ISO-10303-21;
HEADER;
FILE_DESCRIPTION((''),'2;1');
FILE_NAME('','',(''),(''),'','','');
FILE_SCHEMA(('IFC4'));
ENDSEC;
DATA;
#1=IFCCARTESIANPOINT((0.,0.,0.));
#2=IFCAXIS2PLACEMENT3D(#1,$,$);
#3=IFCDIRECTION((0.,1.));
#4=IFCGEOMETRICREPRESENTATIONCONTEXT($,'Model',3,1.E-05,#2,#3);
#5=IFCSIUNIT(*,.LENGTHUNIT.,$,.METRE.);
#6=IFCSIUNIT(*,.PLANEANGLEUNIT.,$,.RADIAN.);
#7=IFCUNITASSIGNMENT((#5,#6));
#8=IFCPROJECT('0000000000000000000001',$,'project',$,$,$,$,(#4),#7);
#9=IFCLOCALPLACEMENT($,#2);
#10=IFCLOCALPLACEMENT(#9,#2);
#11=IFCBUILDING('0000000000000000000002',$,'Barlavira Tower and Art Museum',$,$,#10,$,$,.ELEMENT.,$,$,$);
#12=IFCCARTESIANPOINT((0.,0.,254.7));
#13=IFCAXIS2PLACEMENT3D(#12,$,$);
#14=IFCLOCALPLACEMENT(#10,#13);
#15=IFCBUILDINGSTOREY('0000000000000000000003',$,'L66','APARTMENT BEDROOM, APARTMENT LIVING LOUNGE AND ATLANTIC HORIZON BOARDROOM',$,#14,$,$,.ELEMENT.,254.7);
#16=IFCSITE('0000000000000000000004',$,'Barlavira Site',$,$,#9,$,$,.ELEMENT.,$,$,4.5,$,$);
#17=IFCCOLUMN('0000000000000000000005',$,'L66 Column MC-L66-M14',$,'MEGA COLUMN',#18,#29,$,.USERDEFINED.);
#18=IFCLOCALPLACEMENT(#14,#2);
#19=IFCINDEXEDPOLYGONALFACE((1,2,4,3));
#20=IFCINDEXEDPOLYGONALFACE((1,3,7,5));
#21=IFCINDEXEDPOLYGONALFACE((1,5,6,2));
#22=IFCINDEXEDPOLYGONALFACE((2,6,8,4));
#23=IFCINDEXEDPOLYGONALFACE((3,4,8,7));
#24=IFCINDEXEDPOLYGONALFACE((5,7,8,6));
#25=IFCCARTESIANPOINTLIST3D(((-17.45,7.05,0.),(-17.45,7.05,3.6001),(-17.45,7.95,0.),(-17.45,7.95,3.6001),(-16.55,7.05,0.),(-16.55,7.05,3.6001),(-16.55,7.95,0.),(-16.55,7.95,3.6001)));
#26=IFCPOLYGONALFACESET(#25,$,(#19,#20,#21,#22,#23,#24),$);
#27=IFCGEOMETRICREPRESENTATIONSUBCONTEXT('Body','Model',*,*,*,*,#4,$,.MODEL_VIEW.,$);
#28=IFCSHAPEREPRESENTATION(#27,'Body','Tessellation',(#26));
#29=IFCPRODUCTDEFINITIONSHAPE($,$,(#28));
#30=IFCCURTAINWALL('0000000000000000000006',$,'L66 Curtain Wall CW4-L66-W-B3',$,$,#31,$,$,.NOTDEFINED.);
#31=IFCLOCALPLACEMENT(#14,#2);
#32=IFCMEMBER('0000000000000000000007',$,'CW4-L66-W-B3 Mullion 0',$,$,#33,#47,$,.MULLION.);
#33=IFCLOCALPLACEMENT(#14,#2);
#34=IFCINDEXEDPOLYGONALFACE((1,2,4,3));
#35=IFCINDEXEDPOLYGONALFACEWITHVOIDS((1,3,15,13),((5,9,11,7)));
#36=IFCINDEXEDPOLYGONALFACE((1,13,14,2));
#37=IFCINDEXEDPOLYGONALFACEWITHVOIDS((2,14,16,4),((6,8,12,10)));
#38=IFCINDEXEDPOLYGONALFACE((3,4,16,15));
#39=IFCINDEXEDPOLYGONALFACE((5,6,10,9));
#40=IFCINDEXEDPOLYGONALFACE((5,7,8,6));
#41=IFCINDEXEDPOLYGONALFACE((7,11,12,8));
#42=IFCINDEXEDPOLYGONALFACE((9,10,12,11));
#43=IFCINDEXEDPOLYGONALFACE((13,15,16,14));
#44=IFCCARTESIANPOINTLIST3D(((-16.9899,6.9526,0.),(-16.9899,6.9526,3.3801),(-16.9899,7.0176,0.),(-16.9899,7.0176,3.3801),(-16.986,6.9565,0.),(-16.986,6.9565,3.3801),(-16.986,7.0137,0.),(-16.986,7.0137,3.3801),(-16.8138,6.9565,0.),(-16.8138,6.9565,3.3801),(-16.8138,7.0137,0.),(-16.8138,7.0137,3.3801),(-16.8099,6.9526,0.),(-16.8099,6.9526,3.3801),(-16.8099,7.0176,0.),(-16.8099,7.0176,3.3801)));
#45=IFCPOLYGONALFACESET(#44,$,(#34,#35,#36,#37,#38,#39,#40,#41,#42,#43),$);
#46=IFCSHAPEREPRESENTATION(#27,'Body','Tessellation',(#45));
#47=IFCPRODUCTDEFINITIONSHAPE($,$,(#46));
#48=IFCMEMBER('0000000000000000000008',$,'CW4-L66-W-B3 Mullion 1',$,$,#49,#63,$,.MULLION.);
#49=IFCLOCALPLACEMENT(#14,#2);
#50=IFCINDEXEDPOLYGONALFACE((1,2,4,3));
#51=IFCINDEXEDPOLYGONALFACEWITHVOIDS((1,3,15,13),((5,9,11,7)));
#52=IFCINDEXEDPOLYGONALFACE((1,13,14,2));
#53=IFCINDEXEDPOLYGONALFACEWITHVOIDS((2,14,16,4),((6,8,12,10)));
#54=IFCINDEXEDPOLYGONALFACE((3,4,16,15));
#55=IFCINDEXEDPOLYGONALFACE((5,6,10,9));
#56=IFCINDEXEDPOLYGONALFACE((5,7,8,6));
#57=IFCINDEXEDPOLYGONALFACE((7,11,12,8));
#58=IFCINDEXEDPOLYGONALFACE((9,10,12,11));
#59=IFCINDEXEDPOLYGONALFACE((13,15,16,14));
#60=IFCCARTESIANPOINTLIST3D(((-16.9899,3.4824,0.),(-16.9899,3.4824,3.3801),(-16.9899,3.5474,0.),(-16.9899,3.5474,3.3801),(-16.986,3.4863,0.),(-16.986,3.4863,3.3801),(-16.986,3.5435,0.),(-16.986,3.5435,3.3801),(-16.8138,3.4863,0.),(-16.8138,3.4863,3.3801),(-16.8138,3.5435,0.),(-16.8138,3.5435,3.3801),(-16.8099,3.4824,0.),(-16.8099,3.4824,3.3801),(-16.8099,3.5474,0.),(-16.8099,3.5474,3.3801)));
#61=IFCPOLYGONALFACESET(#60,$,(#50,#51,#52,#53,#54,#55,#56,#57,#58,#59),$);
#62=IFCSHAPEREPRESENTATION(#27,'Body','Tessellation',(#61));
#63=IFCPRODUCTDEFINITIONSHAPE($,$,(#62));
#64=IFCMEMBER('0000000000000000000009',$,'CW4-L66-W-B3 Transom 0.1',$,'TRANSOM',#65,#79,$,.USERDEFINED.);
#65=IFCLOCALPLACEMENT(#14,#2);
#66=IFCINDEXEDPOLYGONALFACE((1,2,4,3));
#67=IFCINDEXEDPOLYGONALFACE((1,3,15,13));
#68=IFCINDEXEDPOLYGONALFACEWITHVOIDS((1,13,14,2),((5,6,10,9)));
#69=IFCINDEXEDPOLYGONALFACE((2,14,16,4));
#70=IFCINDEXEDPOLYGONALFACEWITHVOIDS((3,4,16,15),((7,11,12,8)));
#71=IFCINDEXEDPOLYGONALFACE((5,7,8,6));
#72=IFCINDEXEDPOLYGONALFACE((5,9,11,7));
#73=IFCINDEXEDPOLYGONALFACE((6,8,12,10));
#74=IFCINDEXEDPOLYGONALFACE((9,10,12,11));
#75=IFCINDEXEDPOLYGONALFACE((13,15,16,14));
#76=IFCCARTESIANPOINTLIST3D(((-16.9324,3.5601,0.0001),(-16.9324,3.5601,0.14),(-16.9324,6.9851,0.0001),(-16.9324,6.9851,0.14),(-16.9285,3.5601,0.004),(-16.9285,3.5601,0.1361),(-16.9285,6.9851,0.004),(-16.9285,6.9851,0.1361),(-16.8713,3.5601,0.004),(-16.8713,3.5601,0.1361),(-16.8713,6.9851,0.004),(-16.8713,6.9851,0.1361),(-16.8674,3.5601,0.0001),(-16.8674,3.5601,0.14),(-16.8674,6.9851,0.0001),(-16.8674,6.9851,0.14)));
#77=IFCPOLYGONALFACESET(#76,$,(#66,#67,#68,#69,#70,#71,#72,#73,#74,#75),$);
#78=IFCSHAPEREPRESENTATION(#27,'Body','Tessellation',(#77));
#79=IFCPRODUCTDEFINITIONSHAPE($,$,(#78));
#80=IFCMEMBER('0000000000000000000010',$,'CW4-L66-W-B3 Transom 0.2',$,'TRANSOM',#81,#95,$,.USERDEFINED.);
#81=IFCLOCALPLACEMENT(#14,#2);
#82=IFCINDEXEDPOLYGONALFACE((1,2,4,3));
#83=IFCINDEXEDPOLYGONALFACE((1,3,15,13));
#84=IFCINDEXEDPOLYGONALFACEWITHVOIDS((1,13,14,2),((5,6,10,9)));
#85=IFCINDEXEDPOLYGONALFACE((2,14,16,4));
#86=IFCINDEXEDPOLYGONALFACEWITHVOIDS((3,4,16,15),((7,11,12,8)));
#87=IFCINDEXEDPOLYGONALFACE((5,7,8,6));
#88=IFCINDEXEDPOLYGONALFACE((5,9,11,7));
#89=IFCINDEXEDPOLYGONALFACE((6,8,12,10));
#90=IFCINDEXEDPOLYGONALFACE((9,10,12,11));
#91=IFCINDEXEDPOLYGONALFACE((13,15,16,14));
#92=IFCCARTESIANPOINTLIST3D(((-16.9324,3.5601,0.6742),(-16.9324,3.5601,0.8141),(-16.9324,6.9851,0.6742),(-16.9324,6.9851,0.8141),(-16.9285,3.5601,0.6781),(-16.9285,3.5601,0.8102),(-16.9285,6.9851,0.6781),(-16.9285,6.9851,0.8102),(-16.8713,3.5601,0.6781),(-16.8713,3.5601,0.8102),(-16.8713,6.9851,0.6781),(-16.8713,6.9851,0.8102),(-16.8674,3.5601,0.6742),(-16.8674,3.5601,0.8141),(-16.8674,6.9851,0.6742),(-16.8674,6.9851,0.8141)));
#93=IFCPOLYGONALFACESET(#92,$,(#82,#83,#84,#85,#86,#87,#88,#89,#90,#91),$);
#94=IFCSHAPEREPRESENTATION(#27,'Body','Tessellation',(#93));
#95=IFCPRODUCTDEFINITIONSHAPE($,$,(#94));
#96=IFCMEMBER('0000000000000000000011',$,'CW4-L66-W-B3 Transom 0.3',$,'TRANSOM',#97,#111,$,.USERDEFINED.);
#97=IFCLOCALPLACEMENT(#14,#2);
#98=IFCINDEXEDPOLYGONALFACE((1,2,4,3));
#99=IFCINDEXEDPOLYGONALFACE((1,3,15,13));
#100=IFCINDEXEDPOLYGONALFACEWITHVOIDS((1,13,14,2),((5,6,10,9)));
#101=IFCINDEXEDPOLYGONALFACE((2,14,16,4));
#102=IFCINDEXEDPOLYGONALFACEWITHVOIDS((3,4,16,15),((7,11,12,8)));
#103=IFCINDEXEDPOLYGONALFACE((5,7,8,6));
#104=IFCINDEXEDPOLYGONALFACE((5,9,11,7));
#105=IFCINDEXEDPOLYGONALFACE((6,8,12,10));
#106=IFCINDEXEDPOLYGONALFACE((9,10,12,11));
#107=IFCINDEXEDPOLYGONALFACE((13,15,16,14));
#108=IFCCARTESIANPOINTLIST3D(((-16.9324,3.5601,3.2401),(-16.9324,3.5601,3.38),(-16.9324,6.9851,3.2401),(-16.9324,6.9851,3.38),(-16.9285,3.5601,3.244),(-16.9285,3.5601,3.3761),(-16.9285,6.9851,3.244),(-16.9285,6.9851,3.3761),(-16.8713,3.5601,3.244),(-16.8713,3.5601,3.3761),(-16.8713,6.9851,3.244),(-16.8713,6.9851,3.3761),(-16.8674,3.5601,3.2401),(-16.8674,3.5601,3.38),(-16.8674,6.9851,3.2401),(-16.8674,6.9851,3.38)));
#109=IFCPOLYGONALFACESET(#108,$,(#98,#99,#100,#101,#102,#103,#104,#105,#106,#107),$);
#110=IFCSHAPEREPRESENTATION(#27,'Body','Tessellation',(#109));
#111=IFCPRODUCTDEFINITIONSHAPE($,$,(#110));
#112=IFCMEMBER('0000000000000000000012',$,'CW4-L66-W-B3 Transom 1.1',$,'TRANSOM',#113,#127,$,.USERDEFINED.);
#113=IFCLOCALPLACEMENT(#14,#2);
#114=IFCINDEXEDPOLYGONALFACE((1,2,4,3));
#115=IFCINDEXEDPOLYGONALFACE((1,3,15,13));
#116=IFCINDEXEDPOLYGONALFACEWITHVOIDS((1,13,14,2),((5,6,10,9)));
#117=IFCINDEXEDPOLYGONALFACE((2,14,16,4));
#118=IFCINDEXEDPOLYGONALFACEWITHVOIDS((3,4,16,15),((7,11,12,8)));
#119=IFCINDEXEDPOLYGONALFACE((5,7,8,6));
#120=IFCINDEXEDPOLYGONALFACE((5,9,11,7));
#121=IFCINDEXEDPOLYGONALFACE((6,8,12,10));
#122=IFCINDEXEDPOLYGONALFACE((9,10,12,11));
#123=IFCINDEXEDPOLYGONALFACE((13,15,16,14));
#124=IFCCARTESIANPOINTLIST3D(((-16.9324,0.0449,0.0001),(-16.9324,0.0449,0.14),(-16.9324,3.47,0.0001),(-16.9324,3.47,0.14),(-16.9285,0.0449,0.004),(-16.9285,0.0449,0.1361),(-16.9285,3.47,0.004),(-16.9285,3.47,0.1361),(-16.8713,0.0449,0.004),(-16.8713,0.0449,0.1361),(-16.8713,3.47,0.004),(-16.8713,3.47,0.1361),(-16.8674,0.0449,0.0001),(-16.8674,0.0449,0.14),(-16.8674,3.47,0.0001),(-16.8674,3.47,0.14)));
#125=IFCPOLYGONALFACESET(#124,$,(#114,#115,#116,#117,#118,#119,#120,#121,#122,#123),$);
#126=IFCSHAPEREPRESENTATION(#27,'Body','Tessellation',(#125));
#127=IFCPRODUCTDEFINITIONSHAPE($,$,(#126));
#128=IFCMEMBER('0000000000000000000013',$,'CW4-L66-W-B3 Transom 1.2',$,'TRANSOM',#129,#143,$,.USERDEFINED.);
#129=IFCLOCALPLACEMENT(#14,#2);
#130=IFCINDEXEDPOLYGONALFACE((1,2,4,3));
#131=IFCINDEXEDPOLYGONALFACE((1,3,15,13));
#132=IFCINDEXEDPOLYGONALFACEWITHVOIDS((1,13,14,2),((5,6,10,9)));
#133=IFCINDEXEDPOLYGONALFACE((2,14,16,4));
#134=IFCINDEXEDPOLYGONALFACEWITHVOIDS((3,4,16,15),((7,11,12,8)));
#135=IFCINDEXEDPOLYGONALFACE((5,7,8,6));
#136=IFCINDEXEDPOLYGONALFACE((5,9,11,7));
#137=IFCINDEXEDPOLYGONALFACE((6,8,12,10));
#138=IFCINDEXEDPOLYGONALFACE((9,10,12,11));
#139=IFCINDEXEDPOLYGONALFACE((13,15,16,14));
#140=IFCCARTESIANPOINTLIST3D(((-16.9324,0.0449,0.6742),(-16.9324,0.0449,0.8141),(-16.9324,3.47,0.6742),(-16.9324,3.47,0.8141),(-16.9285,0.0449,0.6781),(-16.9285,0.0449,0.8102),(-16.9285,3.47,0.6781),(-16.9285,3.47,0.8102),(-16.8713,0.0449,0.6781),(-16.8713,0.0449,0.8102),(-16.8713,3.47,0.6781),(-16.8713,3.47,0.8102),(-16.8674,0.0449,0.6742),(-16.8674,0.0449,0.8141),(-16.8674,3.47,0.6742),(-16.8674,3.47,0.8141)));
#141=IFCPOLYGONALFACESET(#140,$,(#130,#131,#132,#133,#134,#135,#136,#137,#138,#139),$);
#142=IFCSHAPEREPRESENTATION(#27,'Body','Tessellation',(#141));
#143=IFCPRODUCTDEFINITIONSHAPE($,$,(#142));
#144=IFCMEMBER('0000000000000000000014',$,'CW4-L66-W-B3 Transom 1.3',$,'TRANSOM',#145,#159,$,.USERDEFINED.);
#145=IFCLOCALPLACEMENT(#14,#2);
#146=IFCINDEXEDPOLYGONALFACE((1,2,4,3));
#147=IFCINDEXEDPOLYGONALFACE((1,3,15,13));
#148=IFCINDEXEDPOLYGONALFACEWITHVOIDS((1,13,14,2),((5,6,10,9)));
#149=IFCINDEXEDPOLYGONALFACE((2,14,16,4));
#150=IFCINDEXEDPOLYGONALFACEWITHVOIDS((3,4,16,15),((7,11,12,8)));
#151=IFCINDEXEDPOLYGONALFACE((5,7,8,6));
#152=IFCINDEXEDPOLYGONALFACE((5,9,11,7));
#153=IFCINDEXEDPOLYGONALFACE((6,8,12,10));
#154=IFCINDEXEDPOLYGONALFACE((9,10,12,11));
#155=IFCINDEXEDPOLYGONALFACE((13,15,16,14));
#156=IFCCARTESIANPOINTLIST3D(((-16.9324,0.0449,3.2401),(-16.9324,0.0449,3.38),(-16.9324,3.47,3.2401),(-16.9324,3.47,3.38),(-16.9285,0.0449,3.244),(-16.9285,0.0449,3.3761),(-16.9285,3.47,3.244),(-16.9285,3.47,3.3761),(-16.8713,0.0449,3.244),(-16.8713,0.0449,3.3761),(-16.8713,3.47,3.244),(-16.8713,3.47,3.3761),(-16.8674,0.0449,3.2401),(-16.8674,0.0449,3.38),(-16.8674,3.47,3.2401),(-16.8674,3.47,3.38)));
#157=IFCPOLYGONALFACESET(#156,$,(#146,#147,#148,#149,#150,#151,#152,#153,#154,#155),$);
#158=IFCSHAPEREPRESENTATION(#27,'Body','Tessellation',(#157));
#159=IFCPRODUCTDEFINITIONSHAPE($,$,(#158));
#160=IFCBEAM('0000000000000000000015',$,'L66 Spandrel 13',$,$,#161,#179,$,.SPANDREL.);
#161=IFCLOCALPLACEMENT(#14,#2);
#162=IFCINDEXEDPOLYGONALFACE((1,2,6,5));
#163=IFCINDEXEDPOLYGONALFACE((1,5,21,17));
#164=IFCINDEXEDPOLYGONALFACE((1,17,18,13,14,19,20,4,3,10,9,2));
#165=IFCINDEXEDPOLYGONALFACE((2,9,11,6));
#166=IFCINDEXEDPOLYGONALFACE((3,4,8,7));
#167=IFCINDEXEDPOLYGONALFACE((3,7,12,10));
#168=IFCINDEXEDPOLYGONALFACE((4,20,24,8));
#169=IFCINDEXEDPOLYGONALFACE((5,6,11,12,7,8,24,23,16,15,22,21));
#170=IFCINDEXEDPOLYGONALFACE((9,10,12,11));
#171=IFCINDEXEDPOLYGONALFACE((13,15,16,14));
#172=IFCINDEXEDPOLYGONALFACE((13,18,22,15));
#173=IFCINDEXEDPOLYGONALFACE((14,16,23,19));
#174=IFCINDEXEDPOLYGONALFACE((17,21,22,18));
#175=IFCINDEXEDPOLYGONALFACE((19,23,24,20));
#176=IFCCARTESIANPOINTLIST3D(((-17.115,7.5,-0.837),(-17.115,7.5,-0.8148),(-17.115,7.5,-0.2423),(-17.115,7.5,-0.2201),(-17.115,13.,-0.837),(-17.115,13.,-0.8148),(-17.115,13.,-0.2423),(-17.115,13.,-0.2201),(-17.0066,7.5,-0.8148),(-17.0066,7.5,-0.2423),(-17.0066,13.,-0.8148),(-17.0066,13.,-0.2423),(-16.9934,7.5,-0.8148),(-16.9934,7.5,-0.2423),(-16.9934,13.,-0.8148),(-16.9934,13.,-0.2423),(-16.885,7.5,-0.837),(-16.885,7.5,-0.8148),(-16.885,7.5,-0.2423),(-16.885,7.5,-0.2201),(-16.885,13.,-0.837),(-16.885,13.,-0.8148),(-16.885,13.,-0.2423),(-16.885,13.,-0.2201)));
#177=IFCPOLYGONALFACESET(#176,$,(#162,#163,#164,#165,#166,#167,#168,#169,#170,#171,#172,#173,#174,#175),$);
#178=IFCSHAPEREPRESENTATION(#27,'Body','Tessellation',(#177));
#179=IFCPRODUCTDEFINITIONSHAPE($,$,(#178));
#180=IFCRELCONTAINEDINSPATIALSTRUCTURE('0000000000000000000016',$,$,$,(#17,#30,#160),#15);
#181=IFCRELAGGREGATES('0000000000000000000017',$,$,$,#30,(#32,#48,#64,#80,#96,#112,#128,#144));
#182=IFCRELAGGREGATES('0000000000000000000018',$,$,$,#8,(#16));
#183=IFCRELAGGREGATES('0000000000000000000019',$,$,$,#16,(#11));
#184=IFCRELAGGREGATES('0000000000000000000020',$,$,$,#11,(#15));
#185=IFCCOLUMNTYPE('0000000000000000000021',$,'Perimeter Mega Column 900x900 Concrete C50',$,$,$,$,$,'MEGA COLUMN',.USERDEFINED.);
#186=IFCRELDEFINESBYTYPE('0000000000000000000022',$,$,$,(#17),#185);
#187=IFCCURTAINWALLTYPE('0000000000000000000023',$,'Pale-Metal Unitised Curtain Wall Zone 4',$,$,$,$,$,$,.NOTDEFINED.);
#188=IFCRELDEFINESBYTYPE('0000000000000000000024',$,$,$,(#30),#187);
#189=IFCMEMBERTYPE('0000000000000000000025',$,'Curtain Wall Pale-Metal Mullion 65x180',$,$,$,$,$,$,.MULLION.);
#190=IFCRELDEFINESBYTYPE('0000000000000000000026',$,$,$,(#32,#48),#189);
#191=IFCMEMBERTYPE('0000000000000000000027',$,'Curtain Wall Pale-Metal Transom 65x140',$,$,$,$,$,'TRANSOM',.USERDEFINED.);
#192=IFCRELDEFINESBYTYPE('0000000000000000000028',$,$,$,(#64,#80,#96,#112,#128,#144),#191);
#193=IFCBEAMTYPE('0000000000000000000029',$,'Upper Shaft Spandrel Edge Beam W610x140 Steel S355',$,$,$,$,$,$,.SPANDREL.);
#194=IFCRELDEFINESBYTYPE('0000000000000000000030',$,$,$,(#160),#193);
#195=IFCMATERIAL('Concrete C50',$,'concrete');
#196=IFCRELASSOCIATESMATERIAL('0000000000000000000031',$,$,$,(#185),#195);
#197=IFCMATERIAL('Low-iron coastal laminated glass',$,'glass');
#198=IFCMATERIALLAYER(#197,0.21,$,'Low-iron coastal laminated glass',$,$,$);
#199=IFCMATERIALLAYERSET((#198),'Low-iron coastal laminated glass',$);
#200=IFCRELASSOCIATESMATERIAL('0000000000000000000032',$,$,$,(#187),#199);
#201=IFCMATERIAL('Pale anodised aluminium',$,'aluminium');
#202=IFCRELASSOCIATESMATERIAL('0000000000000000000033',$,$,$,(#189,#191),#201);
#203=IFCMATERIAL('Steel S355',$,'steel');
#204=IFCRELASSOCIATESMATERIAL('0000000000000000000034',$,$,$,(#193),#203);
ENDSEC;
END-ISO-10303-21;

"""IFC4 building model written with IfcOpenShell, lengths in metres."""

from ifc_helpers import new_model, si_unit, direction, frame, origin, origin_2d, place, context, subcontext, project, spatial, rectangle, hollow_rectangle, i_section, extrude, material, layer, layer_set, material_profile, profile_set, type_object, element, aggregate, save


model = new_model("IFC4")

# Units and contexts
model_context = context("Model", 3, precision=1e-05, world=origin(), true_north=direction((0.0, 1.0)))
body_context = subcontext(model_context, "Body", "Model", "MODEL_VIEW")
ifc_project = project(units=[si_unit("LENGTHUNIT", "METRE"), si_unit("PLANEANGLEUNIT", "RADIAN")], contexts=[model_context])

# Site, building, storey
site_placement = place(None, origin())
site = spatial("IfcSite", under=ifc_project, at=site_placement, Name="Barlavira Site", CompositionType="ELEMENT", RefElevation=4.5)
building_placement = place(site_placement, origin())
building = spatial("IfcBuilding", under=site, at=building_placement, Name="Barlavira Tower and Art Museum", CompositionType="ELEMENT")
storey_placement = place(building_placement, frame((0.0, 0.0, 254.7)))
storey = spatial("IfcBuildingStorey", under=building, at=storey_placement, Name="L66", Description="APARTMENT BEDROOM, APARTMENT LIVING LOUNGE AND ATLANTIC HORIZON BOARDROOM", CompositionType="ELEMENT", Elevation=254.7)

# Column
ifc_material_1 = material(Name="Concrete C50", Category="concrete")
ifc_material_profile_1 = material_profile(ifc_material_1, rectangle(XDim=0.8999, YDim=0.8999, at=origin_2d()), Name="RC-COL 900x900")
ifc_profile_set_1 = profile_set([ifc_material_profile_1], Name="Concrete C50")
column_type = type_object("IfcColumnType", Name="Perimeter Mega Column 900x900 Concrete C50", ElementType="MEGA COLUMN", PredefinedType="USERDEFINED", material=ifc_profile_set_1)
column_placement = place(storey_placement, frame((-17.0, 7.5, 0.0), z_axis=(0.0, 0.0, 1.0), x_axis=(1.0, 0.0, 0.0)))
element("IfcColumn", 1, at=column_placement, inside=storey, type_object=column_type, Name="L66 Column MC-L66-M14", ObjectType="MEGA COLUMN", PredefinedType="USERDEFINED", context=body_context, shape_type="SweptSolid", body=[
    extrude(rectangle(XDim=0.8999, YDim=0.8999, at=origin_2d()), origin(), (0.0, 0.0, 1.0), 3.6001),
])

# Curtain wall, members
ifc_material_2 = material(Name="Low-iron coastal laminated glass", Category="glass")
ifc_layer_1 = layer(ifc_material_2, 0.21, Name="Low-iron coastal laminated glass")
ifc_layer_set_1 = layer_set([ifc_layer_1], Name="Low-iron coastal laminated glass")
curtain_wall_type = type_object("IfcCurtainWallType", Name="Pale-Metal Unitised Curtain Wall Zone 4", PredefinedType="NOTDEFINED", material=ifc_layer_set_1)
curtain_wall_placement = place(storey_placement, origin())
curtain_wall = element("IfcCurtainWall", 2, at=curtain_wall_placement, inside=storey, type_object=curtain_wall_type, Name="L66 Curtain Wall CW4-L66-W-B3", PredefinedType="NOTDEFINED")
ifc_material_3 = material(Name="Pale anodised aluminium", Category="aluminium")
ifc_material_profile_2 = material_profile(ifc_material_3, hollow_rectangle(XDim=0.0649, YDim=0.1799, WallThickness=0.0039, at=origin_2d()), Name="ALU-MULL 65x180x4")
ifc_profile_set_2 = profile_set([ifc_material_profile_2], Name="Pale anodised aluminium")
member_type_1 = type_object("IfcMemberType", Name="Curtain Wall Pale-Metal Mullion 65x180", PredefinedType="MULLION", material=ifc_profile_set_2)
member_1_placement = place(storey_placement, frame((-16.8999, 6.9851, 0.0), z_axis=(0.0, 0.0, 1.0), x_axis=(0.0, -1.0, 0.0)))
member_1 = element("IfcMember", 3, at=member_1_placement, type_object=member_type_1, Name="CW4-L66-W-B3 Mullion 0", PredefinedType="MULLION", context=body_context, shape_type="SweptSolid", body=[
    extrude(hollow_rectangle(XDim=0.0649, YDim=0.1799, WallThickness=0.0039, at=origin_2d()), origin(), (0.0, 0.0, 1.0), 3.3801),
])
member_2_placement = place(storey_placement, frame((-16.8999, 3.5149, 0.0), z_axis=(0.0, 0.0, 1.0), x_axis=(0.0, -1.0, 0.0)))
member_2 = element("IfcMember", 4, at=member_2_placement, type_object=member_type_1, Name="CW4-L66-W-B3 Mullion 1", PredefinedType="MULLION", context=body_context, shape_type="SweptSolid", body=[
    extrude(hollow_rectangle(XDim=0.0649, YDim=0.1799, WallThickness=0.0039, at=origin_2d()), origin(), (0.0, 0.0, 1.0), 3.3801),
])
ifc_material_profile_3 = material_profile(ifc_material_3, hollow_rectangle(XDim=0.0649, YDim=0.1399, WallThickness=0.0039, at=origin_2d()), Name="ALU-TRAN 65x140x4")
ifc_profile_set_3 = profile_set([ifc_material_profile_3], Name="Pale anodised aluminium")
member_type_2 = type_object("IfcMemberType", Name="Curtain Wall Pale-Metal Transom 65x140", ElementType="TRANSOM", PredefinedType="USERDEFINED", material=ifc_profile_set_3)
member_3_placement = place(storey_placement, frame((-16.8999, 6.9851, 0.0701), z_axis=(0.0, -1.0, 0.0), x_axis=(1.0, 0.0, 0.0)))
member_3 = element("IfcMember", 5, at=member_3_placement, type_object=member_type_2, Name="CW4-L66-W-B3 Transom 0.1", ObjectType="TRANSOM", PredefinedType="USERDEFINED", context=body_context, shape_type="SweptSolid", body=[
    extrude(hollow_rectangle(XDim=0.0649, YDim=0.1399, WallThickness=0.0039, at=origin_2d()), origin(), (0.0, 0.0, 1.0), 3.425),
])
member_4_placement = place(storey_placement, frame((-16.8999, 6.9851, 0.7441), z_axis=(0.0, -1.0, 0.0), x_axis=(1.0, 0.0, 0.0)))
member_4 = element("IfcMember", 6, at=member_4_placement, type_object=member_type_2, Name="CW4-L66-W-B3 Transom 0.2", ObjectType="TRANSOM", PredefinedType="USERDEFINED", context=body_context, shape_type="SweptSolid", body=[
    extrude(hollow_rectangle(XDim=0.0649, YDim=0.1399, WallThickness=0.0039, at=origin_2d()), origin(), (0.0, 0.0, 1.0), 3.425),
])
member_5_placement = place(storey_placement, frame((-16.8999, 6.9851, 3.3101), z_axis=(0.0, -1.0, 0.0), x_axis=(1.0, 0.0, 0.0)))
member_5 = element("IfcMember", 7, at=member_5_placement, type_object=member_type_2, Name="CW4-L66-W-B3 Transom 0.3", ObjectType="TRANSOM", PredefinedType="USERDEFINED", context=body_context, shape_type="SweptSolid", body=[
    extrude(hollow_rectangle(XDim=0.0649, YDim=0.1399, WallThickness=0.0039, at=origin_2d()), origin(), (0.0, 0.0, 1.0), 3.425),
])
member_6_placement = place(storey_placement, frame((-16.8999, 3.47, 0.0701), z_axis=(0.0, -1.0, 0.0), x_axis=(1.0, 0.0, 0.0)))
member_6 = element("IfcMember", 8, at=member_6_placement, type_object=member_type_2, Name="CW4-L66-W-B3 Transom 1.1", ObjectType="TRANSOM", PredefinedType="USERDEFINED", context=body_context, shape_type="SweptSolid", body=[
    extrude(hollow_rectangle(XDim=0.0649, YDim=0.1399, WallThickness=0.0039, at=origin_2d()), origin(), (0.0, 0.0, 1.0), 3.425),
])
member_7_placement = place(storey_placement, frame((-16.8999, 3.47, 0.7441), z_axis=(0.0, -1.0, 0.0), x_axis=(1.0, 0.0, 0.0)))
member_7 = element("IfcMember", 9, at=member_7_placement, type_object=member_type_2, Name="CW4-L66-W-B3 Transom 1.2", ObjectType="TRANSOM", PredefinedType="USERDEFINED", context=body_context, shape_type="SweptSolid", body=[
    extrude(hollow_rectangle(XDim=0.0649, YDim=0.1399, WallThickness=0.0039, at=origin_2d()), origin(), (0.0, 0.0, 1.0), 3.425),
])
member_8_placement = place(storey_placement, frame((-16.8999, 3.47, 3.3101), z_axis=(0.0, -1.0, 0.0), x_axis=(1.0, 0.0, 0.0)))
member_8 = element("IfcMember", 10, at=member_8_placement, type_object=member_type_2, Name="CW4-L66-W-B3 Transom 1.3", ObjectType="TRANSOM", PredefinedType="USERDEFINED", context=body_context, shape_type="SweptSolid", body=[
    extrude(hollow_rectangle(XDim=0.0649, YDim=0.1399, WallThickness=0.0039, at=origin_2d()), origin(), (0.0, 0.0, 1.0), 3.425),
])

# Beam
ifc_material_4 = material(Name="Steel S355", Category="steel")
ifc_material_profile_4 = material_profile(ifc_material_4, i_section(OverallWidth=0.23, OverallDepth=0.6169, WebThickness=0.0132, FlangeThickness=0.0222, at=origin_2d()), Name="W610x140.0")
ifc_profile_set_4 = profile_set([ifc_material_profile_4], Name="Steel S355")
beam_type_1 = type_object("IfcBeamType", Name="Upper Shaft Spandrel Edge Beam W610x140 Steel S355", PredefinedType="SPANDREL", material=ifc_profile_set_4)
beam_1_placement = place(storey_placement, frame((-17.0, 7.5, -0.5286), z_axis=(0.0, 1.0, 0.0), x_axis=(-1.0, 0.0, 0.0)))
element("IfcBeam", 11, at=beam_1_placement, inside=storey, type_object=beam_type_1, Name="L66 Spandrel 13", PredefinedType="SPANDREL", context=body_context, shape_type="SweptSolid", body=[
    extrude(i_section(OverallWidth=0.23, OverallDepth=0.6169, WebThickness=0.0132, FlangeThickness=0.0222, at=origin_2d()), origin(), (0.0, 0.0, 1.0), 5.5),
])

aggregate(curtain_wall, [member_1, member_2, member_3, member_4, member_5, member_6, member_7, member_8])

save(model, "model.ifc")
